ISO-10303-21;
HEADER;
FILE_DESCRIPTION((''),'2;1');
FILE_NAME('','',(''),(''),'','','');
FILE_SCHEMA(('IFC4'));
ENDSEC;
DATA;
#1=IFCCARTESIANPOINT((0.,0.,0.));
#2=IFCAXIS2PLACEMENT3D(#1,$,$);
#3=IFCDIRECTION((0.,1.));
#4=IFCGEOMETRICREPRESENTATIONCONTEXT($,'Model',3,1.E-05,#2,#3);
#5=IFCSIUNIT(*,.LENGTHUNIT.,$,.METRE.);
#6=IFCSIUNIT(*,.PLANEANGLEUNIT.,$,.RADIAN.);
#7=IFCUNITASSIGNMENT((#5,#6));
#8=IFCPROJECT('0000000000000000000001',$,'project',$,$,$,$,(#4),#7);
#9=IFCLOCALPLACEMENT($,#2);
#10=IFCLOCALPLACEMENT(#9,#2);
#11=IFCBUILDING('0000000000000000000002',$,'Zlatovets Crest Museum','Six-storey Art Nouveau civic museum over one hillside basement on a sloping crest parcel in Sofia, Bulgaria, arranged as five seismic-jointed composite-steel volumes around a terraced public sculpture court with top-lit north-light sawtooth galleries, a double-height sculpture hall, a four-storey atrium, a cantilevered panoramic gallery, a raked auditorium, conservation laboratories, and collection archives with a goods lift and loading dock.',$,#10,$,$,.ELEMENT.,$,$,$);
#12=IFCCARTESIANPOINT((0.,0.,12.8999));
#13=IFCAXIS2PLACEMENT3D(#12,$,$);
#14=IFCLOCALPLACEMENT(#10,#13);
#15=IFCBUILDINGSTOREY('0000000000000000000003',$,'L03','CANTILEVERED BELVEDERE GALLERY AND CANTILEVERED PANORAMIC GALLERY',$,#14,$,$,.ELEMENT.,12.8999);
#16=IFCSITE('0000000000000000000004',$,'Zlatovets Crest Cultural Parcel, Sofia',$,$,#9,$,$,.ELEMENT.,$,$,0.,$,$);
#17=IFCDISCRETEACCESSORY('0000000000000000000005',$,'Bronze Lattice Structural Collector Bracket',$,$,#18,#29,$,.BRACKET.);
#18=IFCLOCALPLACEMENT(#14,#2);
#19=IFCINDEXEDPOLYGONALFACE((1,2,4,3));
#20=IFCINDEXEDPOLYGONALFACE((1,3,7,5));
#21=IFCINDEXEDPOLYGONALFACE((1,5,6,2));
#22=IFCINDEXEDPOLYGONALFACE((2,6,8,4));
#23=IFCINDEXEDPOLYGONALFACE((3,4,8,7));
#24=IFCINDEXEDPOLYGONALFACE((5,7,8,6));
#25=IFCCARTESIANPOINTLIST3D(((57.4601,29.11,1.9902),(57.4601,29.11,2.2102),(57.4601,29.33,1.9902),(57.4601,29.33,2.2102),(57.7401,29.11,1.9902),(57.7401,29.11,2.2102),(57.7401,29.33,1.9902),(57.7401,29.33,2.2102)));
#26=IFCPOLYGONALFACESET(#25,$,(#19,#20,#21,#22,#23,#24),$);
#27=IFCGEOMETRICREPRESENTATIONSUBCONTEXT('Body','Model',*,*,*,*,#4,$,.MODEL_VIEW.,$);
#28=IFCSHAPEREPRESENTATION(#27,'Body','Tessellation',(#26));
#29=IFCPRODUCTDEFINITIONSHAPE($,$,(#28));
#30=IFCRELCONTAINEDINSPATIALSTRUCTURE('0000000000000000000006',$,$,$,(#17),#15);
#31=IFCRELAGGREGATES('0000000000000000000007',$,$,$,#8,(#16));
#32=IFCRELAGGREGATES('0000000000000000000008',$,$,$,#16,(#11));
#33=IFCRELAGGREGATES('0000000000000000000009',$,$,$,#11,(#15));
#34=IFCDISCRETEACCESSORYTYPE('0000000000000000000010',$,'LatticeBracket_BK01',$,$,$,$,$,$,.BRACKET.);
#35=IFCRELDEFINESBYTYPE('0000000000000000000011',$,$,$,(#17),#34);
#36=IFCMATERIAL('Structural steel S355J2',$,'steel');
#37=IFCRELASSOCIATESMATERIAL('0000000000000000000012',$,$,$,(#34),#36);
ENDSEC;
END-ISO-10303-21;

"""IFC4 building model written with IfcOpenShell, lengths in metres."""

from ifc_helpers import new_model, si_unit, direction, frame, origin, origin_2d, place, context, subcontext, project, spatial, rectangle, extrude, material, type_object, element, save


model = new_model("IFC4")

# Units and contexts
model_context = context("Model", 3, precision=1e-05, world=origin(), true_north=direction((0.0, 1.0)))
body_context = subcontext(model_context, "Body", "Model", "MODEL_VIEW")
ifc_project = project(units=[si_unit("LENGTHUNIT", "METRE"), si_unit("PLANEANGLEUNIT", "RADIAN")], contexts=[model_context])

# Site, building, storey
site_placement = place(None, origin())
site = spatial("IfcSite", under=ifc_project, at=site_placement, Name="Zlatovets Crest Cultural Parcel, Sofia", CompositionType="ELEMENT", RefElevation=0.0)
building_placement = place(site_placement, origin())
building = spatial("IfcBuilding", under=site, at=building_placement, Name="Zlatovets Crest Museum", Description="Six-storey Art Nouveau civic museum over one hillside basement on a sloping crest parcel in Sofia, Bulgaria, arranged as five seismic-jointed composite-steel volumes around a terraced public sculpture court with top-lit north-light sawtooth galleries, a double-height sculpture hall, a four-storey atrium, a cantilevered panoramic gallery, a raked auditorium, conservation laboratories, and collection archives with a goods lift and loading dock.", CompositionType="ELEMENT")
storey_placement = place(building_placement, frame((0.0, 0.0, 12.8999)))
storey = spatial("IfcBuildingStorey", under=building, at=storey_placement, Name="L03", Description="CANTILEVERED BELVEDERE GALLERY AND CANTILEVERED PANORAMIC GALLERY", CompositionType="ELEMENT", Elevation=12.8999)

# Shared definitions
ifc_material_1 = material(Name="Structural steel S355J2", Category="steel")

# Discrete accessory
discrete_accessory_type = type_object("IfcDiscreteAccessoryType", Name="LatticeBracket_BK01", PredefinedType="BRACKET", material=ifc_material_1)
discrete_accessory_placement = place(storey_placement, frame((57.6001, 29.22, 1.9902), z_axis=(0.0, 0.0, 1.0), x_axis=(1.0, 0.0, 0.0)))
element("IfcDiscreteAccessory", 1, at=discrete_accessory_placement, inside=storey, type_object=discrete_accessory_type, Name="Bronze Lattice Structural Collector Bracket", PredefinedType="BRACKET", context=body_context, shape_type="SweptSolid", body=[
    extrude(rectangle(XDim=0.28, YDim=0.22, at=origin_2d()), origin(), (0.0, 0.0, 1.0), 0.22),
])

save(model, "model.ifc")
